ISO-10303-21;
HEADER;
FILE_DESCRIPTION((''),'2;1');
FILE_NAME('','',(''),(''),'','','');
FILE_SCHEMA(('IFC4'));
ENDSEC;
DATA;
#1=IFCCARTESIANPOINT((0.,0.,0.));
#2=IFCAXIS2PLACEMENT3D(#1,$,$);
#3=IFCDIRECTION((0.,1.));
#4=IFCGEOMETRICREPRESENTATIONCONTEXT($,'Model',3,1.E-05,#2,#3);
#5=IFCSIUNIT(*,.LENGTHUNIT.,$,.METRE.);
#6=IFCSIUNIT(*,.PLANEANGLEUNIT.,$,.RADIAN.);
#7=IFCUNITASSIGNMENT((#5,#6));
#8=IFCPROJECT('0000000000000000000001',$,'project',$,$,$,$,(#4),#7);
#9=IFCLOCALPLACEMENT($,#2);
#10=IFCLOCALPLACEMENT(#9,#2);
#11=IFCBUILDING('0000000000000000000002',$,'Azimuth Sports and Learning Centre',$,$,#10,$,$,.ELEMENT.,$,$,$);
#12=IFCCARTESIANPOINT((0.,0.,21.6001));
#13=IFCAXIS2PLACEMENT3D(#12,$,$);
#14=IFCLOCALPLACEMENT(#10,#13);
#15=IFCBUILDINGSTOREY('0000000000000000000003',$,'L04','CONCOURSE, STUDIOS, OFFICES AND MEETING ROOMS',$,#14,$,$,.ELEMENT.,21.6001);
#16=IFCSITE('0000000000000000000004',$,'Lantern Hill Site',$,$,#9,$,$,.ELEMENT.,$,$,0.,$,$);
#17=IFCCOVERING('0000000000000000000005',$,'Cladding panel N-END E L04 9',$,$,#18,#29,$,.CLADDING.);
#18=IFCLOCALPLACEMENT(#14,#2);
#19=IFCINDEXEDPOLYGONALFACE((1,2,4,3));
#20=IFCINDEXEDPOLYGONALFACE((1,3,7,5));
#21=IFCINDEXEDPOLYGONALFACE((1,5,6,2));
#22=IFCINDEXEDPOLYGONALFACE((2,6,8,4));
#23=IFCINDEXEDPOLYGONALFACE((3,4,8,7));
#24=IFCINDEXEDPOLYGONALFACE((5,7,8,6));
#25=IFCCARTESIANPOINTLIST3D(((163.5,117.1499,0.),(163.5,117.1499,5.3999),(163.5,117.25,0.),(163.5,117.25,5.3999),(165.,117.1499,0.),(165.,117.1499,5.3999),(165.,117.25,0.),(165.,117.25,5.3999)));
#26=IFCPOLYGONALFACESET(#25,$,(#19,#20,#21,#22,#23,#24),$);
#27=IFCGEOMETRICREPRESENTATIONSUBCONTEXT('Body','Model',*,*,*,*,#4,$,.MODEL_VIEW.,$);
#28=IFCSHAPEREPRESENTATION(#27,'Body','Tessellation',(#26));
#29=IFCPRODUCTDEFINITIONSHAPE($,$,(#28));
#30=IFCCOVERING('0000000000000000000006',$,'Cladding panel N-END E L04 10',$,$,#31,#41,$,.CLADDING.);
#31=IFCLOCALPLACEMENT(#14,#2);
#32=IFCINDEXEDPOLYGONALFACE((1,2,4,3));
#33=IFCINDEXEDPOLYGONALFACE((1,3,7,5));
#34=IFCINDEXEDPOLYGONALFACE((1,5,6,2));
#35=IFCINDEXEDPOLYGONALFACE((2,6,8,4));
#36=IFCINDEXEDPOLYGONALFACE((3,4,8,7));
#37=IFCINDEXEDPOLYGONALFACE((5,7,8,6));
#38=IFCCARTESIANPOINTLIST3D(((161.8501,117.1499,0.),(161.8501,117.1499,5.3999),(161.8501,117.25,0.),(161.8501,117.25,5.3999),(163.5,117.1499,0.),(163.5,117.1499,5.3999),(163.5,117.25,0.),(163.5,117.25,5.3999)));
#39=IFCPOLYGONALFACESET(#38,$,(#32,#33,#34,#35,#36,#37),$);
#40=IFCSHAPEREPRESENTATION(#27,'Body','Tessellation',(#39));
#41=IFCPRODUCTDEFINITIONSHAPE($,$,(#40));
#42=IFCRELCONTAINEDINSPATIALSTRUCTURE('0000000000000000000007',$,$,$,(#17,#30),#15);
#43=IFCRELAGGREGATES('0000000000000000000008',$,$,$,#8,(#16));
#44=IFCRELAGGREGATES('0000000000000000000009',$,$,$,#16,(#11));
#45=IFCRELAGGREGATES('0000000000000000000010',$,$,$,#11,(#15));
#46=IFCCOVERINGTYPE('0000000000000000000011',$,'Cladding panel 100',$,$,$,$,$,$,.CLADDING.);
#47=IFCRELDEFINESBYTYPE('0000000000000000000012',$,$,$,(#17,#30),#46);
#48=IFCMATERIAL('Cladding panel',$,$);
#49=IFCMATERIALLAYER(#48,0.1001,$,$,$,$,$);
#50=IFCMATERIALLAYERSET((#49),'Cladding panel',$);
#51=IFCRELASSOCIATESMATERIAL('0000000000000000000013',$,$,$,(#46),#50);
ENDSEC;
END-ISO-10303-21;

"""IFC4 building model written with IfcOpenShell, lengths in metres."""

from ifc_helpers import new_model, si_unit, direction, frame, origin, origin_2d, place, context, subcontext, project, spatial, rectangle, extrude, material, layer, layer_set, type_object, element, save


model = new_model("IFC4")

# Units and contexts
model_context = context("Model", 3, precision=1e-05, world=origin(), true_north=direction((0.0, 1.0)))
body_context = subcontext(model_context, "Body", "Model", "MODEL_VIEW")
ifc_project = project(units=[si_unit("LENGTHUNIT", "METRE"), si_unit("PLANEANGLEUNIT", "RADIAN")], contexts=[model_context])

# Site, building, storey
site_placement = place(None, origin())
site = spatial("IfcSite", under=ifc_project, at=site_placement, Name="Lantern Hill Site", CompositionType="ELEMENT", RefElevation=0.0)
building_placement = place(site_placement, origin())
building = spatial("IfcBuilding", under=site, at=building_placement, Name="Azimuth Sports and Learning Centre", CompositionType="ELEMENT")
storey_placement = place(building_placement, frame((0.0, 0.0, 21.6001)))
storey = spatial("IfcBuildingStorey", under=building, at=storey_placement, Name="L04", Description="CONCOURSE, STUDIOS, OFFICES AND MEETING ROOMS", CompositionType="ELEMENT", Elevation=21.6001)

# Coverings
ifc_material_1 = material(Name="Cladding panel")
ifc_layer_1 = layer(ifc_material_1, 0.1001)
ifc_layer_set_1 = layer_set([ifc_layer_1], Name="Cladding panel")
covering_type = type_object("IfcCoveringType", Name="Cladding panel 100", PredefinedType="CLADDING", material=ifc_layer_set_1)
covering_1_placement = place(storey_placement, frame((164.25, 117.2, 0.0), z_axis=(0.0, 0.0, 1.0), x_axis=(-1.0, 0.0, 0.0)))
element("IfcCovering", 1, at=covering_1_placement, inside=storey, type_object=covering_type, Name="Cladding panel N-END E L04 9", PredefinedType="CLADDING", context=body_context, shape_type="SweptSolid", body=[
    extrude(rectangle(XDim=1.5, YDim=0.1001, at=origin_2d()), origin(), (0.0, 0.0, 1.0), 5.3999),
])
covering_2_placement = place(storey_placement, frame((162.675, 117.2, 0.0), z_axis=(0.0, 0.0, 1.0), x_axis=(-1.0, 0.0, 0.0)))
element("IfcCovering", 2, at=covering_2_placement, inside=storey, type_object=covering_type, Name="Cladding panel N-END E L04 10", PredefinedType="CLADDING", context=body_context, shape_type="SweptSolid", body=[
    extrude(rectangle(XDim=1.6499, YDim=0.1001, at=origin_2d()), origin(), (0.0, 0.0, 1.0), 5.3999),
])

save(model, "model.ifc")
